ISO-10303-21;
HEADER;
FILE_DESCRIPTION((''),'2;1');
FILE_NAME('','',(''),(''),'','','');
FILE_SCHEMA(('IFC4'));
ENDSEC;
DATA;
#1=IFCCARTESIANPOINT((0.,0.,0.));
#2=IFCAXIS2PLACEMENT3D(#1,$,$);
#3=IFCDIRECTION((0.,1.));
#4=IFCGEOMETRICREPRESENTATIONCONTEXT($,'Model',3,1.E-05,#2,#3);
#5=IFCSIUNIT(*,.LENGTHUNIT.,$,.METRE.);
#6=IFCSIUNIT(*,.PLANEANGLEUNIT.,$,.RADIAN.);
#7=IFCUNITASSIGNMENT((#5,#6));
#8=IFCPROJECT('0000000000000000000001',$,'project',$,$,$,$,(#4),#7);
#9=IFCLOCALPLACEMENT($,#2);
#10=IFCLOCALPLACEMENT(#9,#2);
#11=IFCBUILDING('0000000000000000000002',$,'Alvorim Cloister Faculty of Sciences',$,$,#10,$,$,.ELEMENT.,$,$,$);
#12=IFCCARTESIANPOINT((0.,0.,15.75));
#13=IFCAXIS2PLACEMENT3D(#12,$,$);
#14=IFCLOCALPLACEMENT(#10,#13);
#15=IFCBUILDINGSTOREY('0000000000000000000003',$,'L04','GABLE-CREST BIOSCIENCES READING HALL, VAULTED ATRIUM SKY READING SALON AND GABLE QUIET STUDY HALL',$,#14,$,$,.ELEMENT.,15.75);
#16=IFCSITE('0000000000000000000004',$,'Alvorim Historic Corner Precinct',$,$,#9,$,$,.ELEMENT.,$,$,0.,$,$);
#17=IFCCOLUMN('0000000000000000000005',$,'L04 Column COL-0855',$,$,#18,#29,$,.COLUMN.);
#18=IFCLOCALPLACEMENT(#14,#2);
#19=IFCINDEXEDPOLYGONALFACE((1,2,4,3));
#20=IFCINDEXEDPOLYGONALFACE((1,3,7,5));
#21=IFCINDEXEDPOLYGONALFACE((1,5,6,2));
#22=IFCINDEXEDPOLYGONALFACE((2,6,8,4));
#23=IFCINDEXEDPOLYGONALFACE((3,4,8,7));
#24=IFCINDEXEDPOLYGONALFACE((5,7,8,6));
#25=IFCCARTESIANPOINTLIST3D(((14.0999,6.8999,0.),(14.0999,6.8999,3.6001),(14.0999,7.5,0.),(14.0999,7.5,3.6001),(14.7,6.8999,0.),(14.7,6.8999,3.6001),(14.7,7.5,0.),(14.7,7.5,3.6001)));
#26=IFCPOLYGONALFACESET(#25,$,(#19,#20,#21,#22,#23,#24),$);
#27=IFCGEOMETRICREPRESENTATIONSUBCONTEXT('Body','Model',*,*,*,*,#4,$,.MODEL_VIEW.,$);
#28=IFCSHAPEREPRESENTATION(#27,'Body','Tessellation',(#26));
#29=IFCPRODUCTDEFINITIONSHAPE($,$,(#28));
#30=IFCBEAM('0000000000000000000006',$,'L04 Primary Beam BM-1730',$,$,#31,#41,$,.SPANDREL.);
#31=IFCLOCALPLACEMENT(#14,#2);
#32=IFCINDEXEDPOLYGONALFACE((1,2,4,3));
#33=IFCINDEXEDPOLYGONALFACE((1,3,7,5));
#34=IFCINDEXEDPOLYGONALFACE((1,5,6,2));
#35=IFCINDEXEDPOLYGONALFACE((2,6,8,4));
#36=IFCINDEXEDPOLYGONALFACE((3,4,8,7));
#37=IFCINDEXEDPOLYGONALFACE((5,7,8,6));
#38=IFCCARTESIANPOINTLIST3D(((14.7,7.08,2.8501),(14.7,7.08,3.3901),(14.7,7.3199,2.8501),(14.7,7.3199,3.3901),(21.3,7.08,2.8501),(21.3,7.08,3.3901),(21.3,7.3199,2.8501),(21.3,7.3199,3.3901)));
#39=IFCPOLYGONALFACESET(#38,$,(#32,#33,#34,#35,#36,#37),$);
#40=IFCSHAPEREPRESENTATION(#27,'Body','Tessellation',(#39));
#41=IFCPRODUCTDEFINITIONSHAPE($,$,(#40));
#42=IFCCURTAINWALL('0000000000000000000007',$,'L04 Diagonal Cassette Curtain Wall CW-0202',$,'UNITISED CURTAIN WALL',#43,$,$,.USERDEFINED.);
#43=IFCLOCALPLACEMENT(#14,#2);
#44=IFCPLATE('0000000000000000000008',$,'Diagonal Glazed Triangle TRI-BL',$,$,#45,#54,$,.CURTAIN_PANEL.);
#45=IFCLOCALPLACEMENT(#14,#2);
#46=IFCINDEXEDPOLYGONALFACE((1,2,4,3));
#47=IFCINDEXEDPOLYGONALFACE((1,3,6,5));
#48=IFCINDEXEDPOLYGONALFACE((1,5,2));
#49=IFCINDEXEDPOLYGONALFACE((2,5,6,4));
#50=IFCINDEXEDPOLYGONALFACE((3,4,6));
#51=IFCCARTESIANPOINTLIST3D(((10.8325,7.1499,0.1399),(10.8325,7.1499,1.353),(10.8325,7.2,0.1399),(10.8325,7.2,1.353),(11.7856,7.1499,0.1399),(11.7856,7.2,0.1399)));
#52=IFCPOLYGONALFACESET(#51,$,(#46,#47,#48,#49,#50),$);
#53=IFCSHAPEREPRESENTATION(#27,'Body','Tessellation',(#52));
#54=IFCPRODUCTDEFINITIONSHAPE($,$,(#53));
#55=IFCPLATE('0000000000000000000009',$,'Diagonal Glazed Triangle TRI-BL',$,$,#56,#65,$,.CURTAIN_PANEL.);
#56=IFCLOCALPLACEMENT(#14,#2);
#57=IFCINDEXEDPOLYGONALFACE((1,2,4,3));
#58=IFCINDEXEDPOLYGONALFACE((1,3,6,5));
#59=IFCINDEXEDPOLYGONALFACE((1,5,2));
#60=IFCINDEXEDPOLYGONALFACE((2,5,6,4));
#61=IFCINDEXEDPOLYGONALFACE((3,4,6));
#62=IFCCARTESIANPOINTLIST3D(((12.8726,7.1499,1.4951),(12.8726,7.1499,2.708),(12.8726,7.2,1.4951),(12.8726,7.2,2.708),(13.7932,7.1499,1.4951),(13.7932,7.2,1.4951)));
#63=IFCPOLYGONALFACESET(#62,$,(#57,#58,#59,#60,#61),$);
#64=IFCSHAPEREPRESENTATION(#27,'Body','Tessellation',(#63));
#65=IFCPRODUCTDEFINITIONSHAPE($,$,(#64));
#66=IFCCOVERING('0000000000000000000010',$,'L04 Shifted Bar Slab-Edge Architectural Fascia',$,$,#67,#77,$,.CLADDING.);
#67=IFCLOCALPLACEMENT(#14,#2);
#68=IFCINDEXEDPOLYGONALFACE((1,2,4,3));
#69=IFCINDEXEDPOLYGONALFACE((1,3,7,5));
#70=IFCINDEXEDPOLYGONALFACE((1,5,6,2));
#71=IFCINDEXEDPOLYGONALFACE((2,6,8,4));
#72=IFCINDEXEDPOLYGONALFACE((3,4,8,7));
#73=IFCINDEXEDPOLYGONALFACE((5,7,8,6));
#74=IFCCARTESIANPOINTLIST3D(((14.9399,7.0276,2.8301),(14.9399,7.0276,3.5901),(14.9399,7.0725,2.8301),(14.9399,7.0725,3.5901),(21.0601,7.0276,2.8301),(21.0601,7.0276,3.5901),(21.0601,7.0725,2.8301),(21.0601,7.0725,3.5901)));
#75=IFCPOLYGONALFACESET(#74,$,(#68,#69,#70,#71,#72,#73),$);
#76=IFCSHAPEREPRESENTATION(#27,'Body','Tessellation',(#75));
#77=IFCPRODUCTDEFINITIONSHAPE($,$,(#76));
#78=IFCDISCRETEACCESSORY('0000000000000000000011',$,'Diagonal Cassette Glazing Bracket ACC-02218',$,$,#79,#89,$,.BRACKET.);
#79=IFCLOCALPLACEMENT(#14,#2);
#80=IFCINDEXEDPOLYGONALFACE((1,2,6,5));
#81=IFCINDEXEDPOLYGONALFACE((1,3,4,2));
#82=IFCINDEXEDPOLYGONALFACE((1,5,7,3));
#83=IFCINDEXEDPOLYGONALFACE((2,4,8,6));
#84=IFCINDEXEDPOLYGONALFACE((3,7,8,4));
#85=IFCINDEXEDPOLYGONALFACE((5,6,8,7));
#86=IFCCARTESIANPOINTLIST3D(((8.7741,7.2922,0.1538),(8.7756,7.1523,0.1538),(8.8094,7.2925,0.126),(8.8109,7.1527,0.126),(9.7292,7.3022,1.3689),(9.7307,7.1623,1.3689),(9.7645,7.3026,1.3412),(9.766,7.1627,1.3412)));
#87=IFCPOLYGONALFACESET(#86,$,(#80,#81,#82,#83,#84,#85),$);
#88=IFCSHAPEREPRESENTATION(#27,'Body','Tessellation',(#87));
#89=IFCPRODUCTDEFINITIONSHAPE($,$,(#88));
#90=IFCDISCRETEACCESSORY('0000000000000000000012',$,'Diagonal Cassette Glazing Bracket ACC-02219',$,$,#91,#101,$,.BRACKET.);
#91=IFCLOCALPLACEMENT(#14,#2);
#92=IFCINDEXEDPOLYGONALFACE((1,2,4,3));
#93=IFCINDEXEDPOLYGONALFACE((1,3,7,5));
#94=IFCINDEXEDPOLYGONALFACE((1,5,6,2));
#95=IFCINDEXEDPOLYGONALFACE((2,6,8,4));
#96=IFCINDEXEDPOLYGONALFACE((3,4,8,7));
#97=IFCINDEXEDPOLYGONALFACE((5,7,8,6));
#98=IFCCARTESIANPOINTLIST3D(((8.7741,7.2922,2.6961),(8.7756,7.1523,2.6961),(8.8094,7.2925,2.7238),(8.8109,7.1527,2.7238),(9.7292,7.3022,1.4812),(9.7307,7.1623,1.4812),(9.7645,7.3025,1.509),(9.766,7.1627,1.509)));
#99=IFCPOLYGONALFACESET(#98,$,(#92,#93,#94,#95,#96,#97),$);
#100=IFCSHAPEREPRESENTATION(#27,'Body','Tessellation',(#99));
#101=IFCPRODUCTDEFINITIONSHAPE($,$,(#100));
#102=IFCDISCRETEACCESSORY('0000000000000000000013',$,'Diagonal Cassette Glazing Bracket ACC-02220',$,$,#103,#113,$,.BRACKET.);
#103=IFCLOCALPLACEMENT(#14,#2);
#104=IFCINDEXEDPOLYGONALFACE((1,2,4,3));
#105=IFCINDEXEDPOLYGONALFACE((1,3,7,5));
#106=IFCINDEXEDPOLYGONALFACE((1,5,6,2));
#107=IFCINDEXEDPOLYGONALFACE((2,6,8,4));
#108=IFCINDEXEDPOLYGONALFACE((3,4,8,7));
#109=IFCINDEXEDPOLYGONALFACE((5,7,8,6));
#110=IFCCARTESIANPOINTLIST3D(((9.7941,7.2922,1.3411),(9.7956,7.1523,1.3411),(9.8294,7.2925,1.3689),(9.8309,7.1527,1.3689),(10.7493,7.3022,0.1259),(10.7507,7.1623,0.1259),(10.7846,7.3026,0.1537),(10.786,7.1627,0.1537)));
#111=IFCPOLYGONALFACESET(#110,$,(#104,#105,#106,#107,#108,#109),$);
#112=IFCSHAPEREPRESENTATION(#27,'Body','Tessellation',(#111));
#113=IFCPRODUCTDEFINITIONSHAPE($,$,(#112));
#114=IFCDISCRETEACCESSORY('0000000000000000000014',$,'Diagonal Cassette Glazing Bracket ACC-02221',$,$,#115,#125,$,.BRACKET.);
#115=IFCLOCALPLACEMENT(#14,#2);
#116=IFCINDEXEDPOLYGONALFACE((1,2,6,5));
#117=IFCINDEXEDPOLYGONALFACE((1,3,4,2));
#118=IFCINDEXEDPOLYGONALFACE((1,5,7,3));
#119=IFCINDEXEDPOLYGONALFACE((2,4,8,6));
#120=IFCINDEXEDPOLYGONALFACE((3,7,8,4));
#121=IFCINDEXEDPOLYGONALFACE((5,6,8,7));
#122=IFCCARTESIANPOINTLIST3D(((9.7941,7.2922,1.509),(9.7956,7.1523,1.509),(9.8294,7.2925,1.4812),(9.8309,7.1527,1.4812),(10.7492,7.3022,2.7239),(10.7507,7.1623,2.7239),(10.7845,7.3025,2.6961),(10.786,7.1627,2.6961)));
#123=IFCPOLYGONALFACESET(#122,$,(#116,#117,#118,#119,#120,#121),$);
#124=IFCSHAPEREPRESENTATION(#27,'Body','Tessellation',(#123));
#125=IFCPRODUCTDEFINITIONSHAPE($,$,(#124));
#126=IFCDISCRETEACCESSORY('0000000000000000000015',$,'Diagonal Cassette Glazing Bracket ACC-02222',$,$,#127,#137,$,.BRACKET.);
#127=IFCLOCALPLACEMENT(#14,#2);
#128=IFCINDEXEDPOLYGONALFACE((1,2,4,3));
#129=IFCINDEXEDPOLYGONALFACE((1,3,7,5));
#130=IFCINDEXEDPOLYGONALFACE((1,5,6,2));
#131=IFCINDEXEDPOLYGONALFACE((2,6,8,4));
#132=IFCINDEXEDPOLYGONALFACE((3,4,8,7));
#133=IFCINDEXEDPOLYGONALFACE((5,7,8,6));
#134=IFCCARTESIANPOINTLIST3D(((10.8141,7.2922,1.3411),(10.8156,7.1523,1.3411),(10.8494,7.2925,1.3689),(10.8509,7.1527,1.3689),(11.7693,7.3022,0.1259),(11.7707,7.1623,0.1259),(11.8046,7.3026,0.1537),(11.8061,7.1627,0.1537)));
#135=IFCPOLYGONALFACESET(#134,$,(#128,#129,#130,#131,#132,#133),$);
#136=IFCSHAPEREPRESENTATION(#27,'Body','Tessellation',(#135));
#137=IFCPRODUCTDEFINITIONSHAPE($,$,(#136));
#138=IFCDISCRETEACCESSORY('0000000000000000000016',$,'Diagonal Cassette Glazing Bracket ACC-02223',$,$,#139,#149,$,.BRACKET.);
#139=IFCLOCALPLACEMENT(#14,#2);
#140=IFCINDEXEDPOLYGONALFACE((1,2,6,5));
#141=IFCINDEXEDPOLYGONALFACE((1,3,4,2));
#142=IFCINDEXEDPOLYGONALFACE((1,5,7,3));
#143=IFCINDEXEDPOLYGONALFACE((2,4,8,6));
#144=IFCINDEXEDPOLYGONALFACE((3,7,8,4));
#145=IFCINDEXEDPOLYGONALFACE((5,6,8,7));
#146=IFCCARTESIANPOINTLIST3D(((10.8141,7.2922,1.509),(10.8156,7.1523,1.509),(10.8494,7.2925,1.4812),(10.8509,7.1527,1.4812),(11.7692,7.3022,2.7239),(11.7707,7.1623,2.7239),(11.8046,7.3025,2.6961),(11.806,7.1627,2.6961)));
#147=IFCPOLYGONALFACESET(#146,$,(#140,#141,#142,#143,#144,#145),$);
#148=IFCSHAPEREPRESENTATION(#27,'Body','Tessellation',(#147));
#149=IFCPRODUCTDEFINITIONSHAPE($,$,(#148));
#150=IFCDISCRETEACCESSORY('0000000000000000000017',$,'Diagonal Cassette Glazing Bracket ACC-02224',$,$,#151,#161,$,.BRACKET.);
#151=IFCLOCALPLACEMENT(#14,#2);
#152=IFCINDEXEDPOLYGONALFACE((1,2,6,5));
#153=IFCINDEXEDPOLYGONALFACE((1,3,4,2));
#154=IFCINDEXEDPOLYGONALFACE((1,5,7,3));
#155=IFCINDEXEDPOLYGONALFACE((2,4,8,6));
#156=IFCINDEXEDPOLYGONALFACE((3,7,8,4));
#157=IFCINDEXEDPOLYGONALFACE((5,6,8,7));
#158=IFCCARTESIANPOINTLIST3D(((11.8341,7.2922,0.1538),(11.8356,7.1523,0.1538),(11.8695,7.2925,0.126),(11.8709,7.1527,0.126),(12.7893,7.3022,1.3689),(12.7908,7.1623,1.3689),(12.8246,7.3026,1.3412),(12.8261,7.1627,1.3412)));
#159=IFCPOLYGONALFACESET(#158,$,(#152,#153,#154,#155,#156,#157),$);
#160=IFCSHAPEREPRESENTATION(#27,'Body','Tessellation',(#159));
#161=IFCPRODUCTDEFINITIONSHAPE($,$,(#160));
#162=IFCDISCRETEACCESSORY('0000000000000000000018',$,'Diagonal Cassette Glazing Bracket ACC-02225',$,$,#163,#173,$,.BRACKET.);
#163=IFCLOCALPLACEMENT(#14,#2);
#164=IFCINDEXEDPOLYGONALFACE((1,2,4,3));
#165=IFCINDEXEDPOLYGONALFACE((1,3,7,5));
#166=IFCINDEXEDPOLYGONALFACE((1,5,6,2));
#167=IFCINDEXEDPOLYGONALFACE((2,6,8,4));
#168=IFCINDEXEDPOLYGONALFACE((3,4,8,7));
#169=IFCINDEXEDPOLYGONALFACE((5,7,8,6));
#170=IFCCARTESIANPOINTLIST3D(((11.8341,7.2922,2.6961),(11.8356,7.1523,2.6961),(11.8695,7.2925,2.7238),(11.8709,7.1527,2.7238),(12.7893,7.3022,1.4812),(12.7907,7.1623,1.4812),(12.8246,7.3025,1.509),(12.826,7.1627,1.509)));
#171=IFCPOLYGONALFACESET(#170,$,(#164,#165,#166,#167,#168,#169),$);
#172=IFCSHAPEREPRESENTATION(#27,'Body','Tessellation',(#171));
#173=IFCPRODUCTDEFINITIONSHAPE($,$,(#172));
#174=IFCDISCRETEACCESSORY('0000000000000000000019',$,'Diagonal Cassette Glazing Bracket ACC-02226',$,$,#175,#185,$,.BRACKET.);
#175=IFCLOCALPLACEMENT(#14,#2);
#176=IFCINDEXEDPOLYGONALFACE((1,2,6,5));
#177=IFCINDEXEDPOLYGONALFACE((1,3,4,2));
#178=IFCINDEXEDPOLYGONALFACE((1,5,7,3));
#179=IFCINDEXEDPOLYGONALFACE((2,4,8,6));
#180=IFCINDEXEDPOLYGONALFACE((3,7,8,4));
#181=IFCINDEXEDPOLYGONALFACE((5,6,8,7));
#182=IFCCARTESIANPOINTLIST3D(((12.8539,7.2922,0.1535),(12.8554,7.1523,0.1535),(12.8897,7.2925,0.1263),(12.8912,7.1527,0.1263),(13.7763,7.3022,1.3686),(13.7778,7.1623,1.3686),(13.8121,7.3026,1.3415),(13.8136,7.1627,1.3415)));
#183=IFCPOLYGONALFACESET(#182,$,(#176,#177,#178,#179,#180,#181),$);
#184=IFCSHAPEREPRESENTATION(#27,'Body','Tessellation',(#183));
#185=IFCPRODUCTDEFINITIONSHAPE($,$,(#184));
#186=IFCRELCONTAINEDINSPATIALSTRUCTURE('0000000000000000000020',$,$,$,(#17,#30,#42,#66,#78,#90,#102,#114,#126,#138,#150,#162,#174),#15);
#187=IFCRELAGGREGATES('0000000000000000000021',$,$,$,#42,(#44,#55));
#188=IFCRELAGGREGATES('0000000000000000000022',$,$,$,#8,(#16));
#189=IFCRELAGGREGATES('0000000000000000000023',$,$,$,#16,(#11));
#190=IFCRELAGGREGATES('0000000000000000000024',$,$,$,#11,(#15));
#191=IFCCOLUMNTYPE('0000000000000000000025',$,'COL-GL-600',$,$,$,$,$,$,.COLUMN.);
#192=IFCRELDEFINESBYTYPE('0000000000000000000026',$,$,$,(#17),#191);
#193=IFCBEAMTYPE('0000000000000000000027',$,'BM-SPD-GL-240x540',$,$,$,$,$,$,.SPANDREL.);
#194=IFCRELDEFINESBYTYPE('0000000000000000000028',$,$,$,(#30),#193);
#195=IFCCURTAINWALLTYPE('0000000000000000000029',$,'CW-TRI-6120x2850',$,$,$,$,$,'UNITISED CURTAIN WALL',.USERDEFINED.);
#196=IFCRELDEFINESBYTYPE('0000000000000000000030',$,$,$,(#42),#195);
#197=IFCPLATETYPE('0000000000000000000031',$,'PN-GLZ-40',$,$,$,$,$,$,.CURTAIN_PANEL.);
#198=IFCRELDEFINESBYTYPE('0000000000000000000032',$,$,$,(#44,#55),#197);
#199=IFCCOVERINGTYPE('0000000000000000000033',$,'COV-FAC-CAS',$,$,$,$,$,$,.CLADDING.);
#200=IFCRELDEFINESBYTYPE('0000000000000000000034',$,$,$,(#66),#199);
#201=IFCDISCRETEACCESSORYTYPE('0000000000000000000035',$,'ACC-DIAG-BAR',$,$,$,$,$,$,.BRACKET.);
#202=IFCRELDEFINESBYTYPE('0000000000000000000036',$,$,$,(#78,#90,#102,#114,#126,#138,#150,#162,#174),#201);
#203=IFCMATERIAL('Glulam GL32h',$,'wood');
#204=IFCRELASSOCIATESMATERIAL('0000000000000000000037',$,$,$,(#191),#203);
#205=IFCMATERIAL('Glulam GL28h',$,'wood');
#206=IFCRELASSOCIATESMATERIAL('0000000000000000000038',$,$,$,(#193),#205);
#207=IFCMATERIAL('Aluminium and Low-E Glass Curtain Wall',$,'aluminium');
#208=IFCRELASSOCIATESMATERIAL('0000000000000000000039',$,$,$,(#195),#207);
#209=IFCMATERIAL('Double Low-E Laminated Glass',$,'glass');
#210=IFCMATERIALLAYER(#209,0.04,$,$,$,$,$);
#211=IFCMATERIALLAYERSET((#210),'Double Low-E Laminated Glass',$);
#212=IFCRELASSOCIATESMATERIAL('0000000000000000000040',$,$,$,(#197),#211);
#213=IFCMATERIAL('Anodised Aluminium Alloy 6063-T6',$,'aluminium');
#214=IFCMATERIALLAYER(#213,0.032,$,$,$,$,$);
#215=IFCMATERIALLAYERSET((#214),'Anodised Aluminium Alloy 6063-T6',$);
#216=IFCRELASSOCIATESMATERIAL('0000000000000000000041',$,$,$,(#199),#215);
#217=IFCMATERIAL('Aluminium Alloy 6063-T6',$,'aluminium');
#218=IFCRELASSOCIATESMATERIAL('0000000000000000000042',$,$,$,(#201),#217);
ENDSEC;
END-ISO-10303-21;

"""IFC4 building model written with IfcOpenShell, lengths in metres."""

from ifc_helpers import new_model, si_unit, direction, frame, origin, origin_2d, place, context, subcontext, project, spatial, polyline, rectangle, outline, extrude, material, layer, layer_set, material_profile, profile_set, type_object, element, aggregate, save


model = new_model("IFC4")

# Units and contexts
model_context = context("Model", 3, precision=1e-05, world=origin(), true_north=direction((0.0, 1.0)))
body_context = subcontext(model_context, "Body", "Model", "MODEL_VIEW")
ifc_project = project(units=[si_unit("LENGTHUNIT", "METRE"), si_unit("PLANEANGLEUNIT", "RADIAN")], contexts=[model_context])

# Site, building, storey
site_placement = place(None, origin())
site = spatial("IfcSite", under=ifc_project, at=site_placement, Name="Alvorim Historic Corner Precinct", CompositionType="ELEMENT", RefElevation=0.0)
building_placement = place(site_placement, origin())
building = spatial("IfcBuilding", under=site, at=building_placement, Name="Alvorim Cloister Faculty of Sciences", CompositionType="ELEMENT")
storey_placement = place(building_placement, frame((0.0, 0.0, 15.75)))
storey = spatial("IfcBuildingStorey", under=building, at=storey_placement, Name="L04", Description="GABLE-CREST BIOSCIENCES READING HALL, VAULTED ATRIUM SKY READING SALON AND GABLE QUIET STUDY HALL", CompositionType="ELEMENT", Elevation=15.75)

# Column
ifc_material_1 = material(Name="Glulam GL32h", Category="wood")
ifc_material_profile_1 = material_profile(ifc_material_1, rectangle(XDim=0.6001, YDim=0.6001, at=origin_2d()), Name="GL32-COL-600x600")
ifc_profile_set_1 = profile_set([ifc_material_profile_1], Name="Glulam GL32h")
column_type = type_object("IfcColumnType", Name="COL-GL-600", PredefinedType="COLUMN", material=ifc_profile_set_1)
column_placement = place(storey_placement, frame((14.3999, 7.2, 0.0), z_axis=(0.0, 0.0, 1.0), x_axis=(1.0, 0.0, 0.0)))
element("IfcColumn", 1, at=column_placement, inside=storey, type_object=column_type, Name="L04 Column COL-0855", PredefinedType="COLUMN", context=body_context, shape_type="SweptSolid", body=[
    extrude(rectangle(XDim=0.6001, YDim=0.6001, at=origin_2d()), origin(), (0.0, 0.0, 1.0), 3.6001),
])

# Beam
ifc_material_2 = material(Name="Glulam GL28h", Category="wood")
ifc_material_profile_2 = material_profile(ifc_material_2, rectangle(XDim=0.24, YDim=0.54, at=origin_2d()), Name="GL28-SPD-240x540")
ifc_profile_set_2 = profile_set([ifc_material_profile_2], Name="Glulam GL28h")
beam_type = type_object("IfcBeamType", Name="BM-SPD-GL-240x540", PredefinedType="SPANDREL", material=ifc_profile_set_2)
beam_placement = place(storey_placement, frame((14.7, 7.2, 3.1201), z_axis=(1.0, 0.0, 0.0), x_axis=(0.0, 1.0, 0.0)))
element("IfcBeam", 2, at=beam_placement, inside=storey, type_object=beam_type, Name="L04 Primary Beam BM-1730", PredefinedType="SPANDREL", context=body_context, shape_type="SweptSolid", body=[
    extrude(rectangle(XDim=0.24, YDim=0.54, at=origin_2d()), origin(), (0.0, 0.0, 1.0), 6.6001),
])

# Shared definitions
ifc_material_3 = material(Name="Aluminium and Low-E Glass Curtain Wall", Category="aluminium")
curtain_wall_type = type_object("IfcCurtainWallType", Name="CW-TRI-6120x2850", ElementType="UNITISED CURTAIN WALL", PredefinedType="USERDEFINED", material=ifc_material_3)
ifc_material_4 = material(Name="Double Low-E Laminated Glass", Category="glass")
ifc_layer_1 = layer(ifc_material_4, 0.04)
ifc_layer_set_1 = layer_set([ifc_layer_1], Name="Double Low-E Laminated Glass")
plate_type = type_object("IfcPlateType", Name="PN-GLZ-40", PredefinedType="CURTAIN_PANEL", material=ifc_layer_set_1)

# Curtain wall, plates
curtain_wall_1_placement = place(storey_placement, origin())
curtain_wall_1 = element("IfcCurtainWall", 3, at=curtain_wall_1_placement, inside=storey, type_object=curtain_wall_type, Name="L04 Diagonal Cassette Curtain Wall CW-0202", ObjectType="UNITISED CURTAIN WALL", PredefinedType="USERDEFINED")
plate_1_placement = place(storey_placement, frame((10.8325, 7.175, 0.1399), z_axis=(0.0, 0.0, 1.0), x_axis=(1.0, 0.0, 0.0)))
plate_1 = element("IfcPlate", 4, at=plate_1_placement, type_object=plate_type, Name="Diagonal Glazed Triangle TRI-BL", PredefinedType="CURTAIN_PANEL", context=body_context, shape_type="SweptSolid", body=[
    extrude(outline(polyline([(0.0, 0.0), (0.9531, 0.0), (0.0, 1.2131), (0.0, 0.0)])), frame((0.0, 0.0249, 0.0), z_axis=(0.0, -1.0, 0.0), x_axis=(1.0, 0.0, 0.0)), (0.0, 0.0, 1.0), 0.05),
])
plate_2_placement = place(storey_placement, frame((12.8726, 7.175, 1.4951), z_axis=(0.0, 0.0, 1.0), x_axis=(1.0, 0.0, 0.0)))
plate_2 = element("IfcPlate", 5, at=plate_2_placement, type_object=plate_type, Name="Diagonal Glazed Triangle TRI-BL", PredefinedType="CURTAIN_PANEL", context=body_context, shape_type="SweptSolid", body=[
    extrude(outline(polyline([(0.0, 0.0), (0.9207, 0.0), (0.0, 1.2129), (0.0, 0.0)])), frame((0.0, 0.0249, 0.0), z_axis=(0.0, -1.0, 0.0), x_axis=(1.0, 0.0, 0.0)), (0.0, 0.0, 1.0), 0.05),
])
aggregate(curtain_wall_1, [plate_1, plate_2])

# Covering
ifc_material_5 = material(Name="Anodised Aluminium Alloy 6063-T6", Category="aluminium")
ifc_layer_2 = layer(ifc_material_5, 0.032)
ifc_layer_set_2 = layer_set([ifc_layer_2], Name="Anodised Aluminium Alloy 6063-T6")
covering_type = type_object("IfcCoveringType", Name="COV-FAC-CAS", PredefinedType="CLADDING", material=ifc_layer_set_2)
covering_placement = place(storey_placement, frame((14.9399, 7.05, 2.8301), z_axis=(0.0, 0.0, 1.0), x_axis=(1.0, 0.0, 0.0)))
element("IfcCovering", 6, at=covering_placement, inside=storey, type_object=covering_type, Name="L04 Shifted Bar Slab-Edge Architectural Fascia", PredefinedType="CLADDING", context=body_context, shape_type="SweptSolid", body=[
    extrude(outline(polyline([(0.0, 0.0), (6.1201, 0.0), (6.1201, 0.76), (0.0, 0.76), (0.0, 0.0)])), frame((0.0, 0.0225, 0.0), z_axis=(0.0, -1.0, 0.0), x_axis=(1.0, 0.0, 0.0)), (0.0, 0.0, 1.0), 0.0449),
])

# Discrete accessories
ifc_material_6 = material(Name="Aluminium Alloy 6063-T6", Category="aluminium")
discrete_accessory_type = type_object("IfcDiscreteAccessoryType", Name="ACC-DIAG-BAR", PredefinedType="BRACKET", material=ifc_material_6)
discrete_accessory_1_placement = place(storey_placement, frame((8.7925, 7.2224, 0.1399), z_axis=(0.617955, 0.006477, 0.786187), x_axis=(-0.01048, 0.999945, 0.0)))
element("IfcDiscreteAccessory", 7, at=discrete_accessory_1_placement, inside=storey, type_object=discrete_accessory_type, Name="Diagonal Cassette Glazing Bracket ACC-02218", PredefinedType="BRACKET", context=body_context, shape_type="SweptSolid", body=[
    extrude(rectangle(XDim=0.1399, YDim=0.0449, at=origin_2d()), origin(), (0.0, 0.0, 1.0), 1.5457),
])
discrete_accessory_2_placement = place(storey_placement, frame((8.7925, 7.2224, 2.71), z_axis=(0.618032, 0.006477, -0.786126), x_axis=(-0.01048, 0.999945, 0.0)))
element("IfcDiscreteAccessory", 8, at=discrete_accessory_2_placement, inside=storey, type_object=discrete_accessory_type, Name="Diagonal Cassette Glazing Bracket ACC-02219", PredefinedType="BRACKET", context=body_context, shape_type="SweptSolid", body=[
    extrude(rectangle(XDim=0.1399, YDim=0.0449, at=origin_2d()), origin(), (0.0, 0.0, 1.0), 1.5454),
])
discrete_accessory_3_placement = place(storey_placement, frame((9.8125, 7.2224, 1.355), z_axis=(0.617955, 0.006477, -0.786187), x_axis=(-0.01048, 0.999945, 0.0)))
element("IfcDiscreteAccessory", 9, at=discrete_accessory_3_placement, inside=storey, type_object=discrete_accessory_type, Name="Diagonal Cassette Glazing Bracket ACC-02220", PredefinedType="BRACKET", context=body_context, shape_type="SweptSolid", body=[
    extrude(rectangle(XDim=0.1399, YDim=0.0449, at=origin_2d()), origin(), (0.0, 0.0, 1.0), 1.5457),
])
discrete_accessory_4_placement = place(storey_placement, frame((9.8125, 7.2224, 1.4951), z_axis=(0.618032, 0.006477, 0.786126), x_axis=(-0.01048, 0.999945, 0.0)))
element("IfcDiscreteAccessory", 10, at=discrete_accessory_4_placement, inside=storey, type_object=discrete_accessory_type, Name="Diagonal Cassette Glazing Bracket ACC-02221", PredefinedType="BRACKET", context=body_context, shape_type="SweptSolid", body=[
    extrude(rectangle(XDim=0.1399, YDim=0.0449, at=origin_2d()), origin(), (0.0, 0.0, 1.0), 1.5454),
])
discrete_accessory_5_placement = place(storey_placement, frame((10.8325, 7.2224, 1.355), z_axis=(0.617955, 0.006477, -0.786187), x_axis=(-0.01048, 0.999945, 0.0)))
element("IfcDiscreteAccessory", 11, at=discrete_accessory_5_placement, inside=storey, type_object=discrete_accessory_type, Name="Diagonal Cassette Glazing Bracket ACC-02222", PredefinedType="BRACKET", context=body_context, shape_type="SweptSolid", body=[
    extrude(rectangle(XDim=0.1399, YDim=0.0449, at=origin_2d()), origin(), (0.0, 0.0, 1.0), 1.5457),
])
discrete_accessory_6_placement = place(storey_placement, frame((10.8325, 7.2224, 1.4951), z_axis=(0.618032, 0.006477, 0.786126), x_axis=(-0.01048, 0.999945, 0.0)))
element("IfcDiscreteAccessory", 12, at=discrete_accessory_6_placement, inside=storey, type_object=discrete_accessory_type, Name="Diagonal Cassette Glazing Bracket ACC-02223", PredefinedType="BRACKET", context=body_context, shape_type="SweptSolid", body=[
    extrude(rectangle(XDim=0.1399, YDim=0.0449, at=origin_2d()), origin(), (0.0, 0.0, 1.0), 1.5454),
])
discrete_accessory_7_placement = place(storey_placement, frame((11.8525, 7.2224, 0.1399), z_axis=(0.617955, 0.006477, 0.786187), x_axis=(-0.01048, 0.999945, 0.0)))
element("IfcDiscreteAccessory", 13, at=discrete_accessory_7_placement, inside=storey, type_object=discrete_accessory_type, Name="Diagonal Cassette Glazing Bracket ACC-02224", PredefinedType="BRACKET", context=body_context, shape_type="SweptSolid", body=[
    extrude(rectangle(XDim=0.1399, YDim=0.0449, at=origin_2d()), origin(), (0.0, 0.0, 1.0), 1.5457),
])
discrete_accessory_8_placement = place(storey_placement, frame((11.8525, 7.2224, 2.71), z_axis=(0.618032, 0.006477, -0.786126), x_axis=(-0.01048, 0.999945, 0.0)))
element("IfcDiscreteAccessory", 14, at=discrete_accessory_8_placement, inside=storey, type_object=discrete_accessory_type, Name="Diagonal Cassette Glazing Bracket ACC-02225", PredefinedType="BRACKET", context=body_context, shape_type="SweptSolid", body=[
    extrude(rectangle(XDim=0.1399, YDim=0.0449, at=origin_2d()), origin(), (0.0, 0.0, 1.0), 1.5454),
])
discrete_accessory_9_placement = place(storey_placement, frame((12.8726, 7.2224, 0.1399), z_axis=(0.604612, 0.006561, 0.796493), x_axis=(-0.010852, 0.999941, 0.0)))
element("IfcDiscreteAccessory", 15, at=discrete_accessory_9_placement, inside=storey, type_object=discrete_accessory_type, Name="Diagonal Cassette Glazing Bracket ACC-02226", PredefinedType="BRACKET", context=body_context, shape_type="SweptSolid", body=[
    extrude(rectangle(XDim=0.1399, YDim=0.0449, at=origin_2d()), origin(), (0.0, 0.0, 1.0), 1.5256),
])

save(model, "model.ifc")
